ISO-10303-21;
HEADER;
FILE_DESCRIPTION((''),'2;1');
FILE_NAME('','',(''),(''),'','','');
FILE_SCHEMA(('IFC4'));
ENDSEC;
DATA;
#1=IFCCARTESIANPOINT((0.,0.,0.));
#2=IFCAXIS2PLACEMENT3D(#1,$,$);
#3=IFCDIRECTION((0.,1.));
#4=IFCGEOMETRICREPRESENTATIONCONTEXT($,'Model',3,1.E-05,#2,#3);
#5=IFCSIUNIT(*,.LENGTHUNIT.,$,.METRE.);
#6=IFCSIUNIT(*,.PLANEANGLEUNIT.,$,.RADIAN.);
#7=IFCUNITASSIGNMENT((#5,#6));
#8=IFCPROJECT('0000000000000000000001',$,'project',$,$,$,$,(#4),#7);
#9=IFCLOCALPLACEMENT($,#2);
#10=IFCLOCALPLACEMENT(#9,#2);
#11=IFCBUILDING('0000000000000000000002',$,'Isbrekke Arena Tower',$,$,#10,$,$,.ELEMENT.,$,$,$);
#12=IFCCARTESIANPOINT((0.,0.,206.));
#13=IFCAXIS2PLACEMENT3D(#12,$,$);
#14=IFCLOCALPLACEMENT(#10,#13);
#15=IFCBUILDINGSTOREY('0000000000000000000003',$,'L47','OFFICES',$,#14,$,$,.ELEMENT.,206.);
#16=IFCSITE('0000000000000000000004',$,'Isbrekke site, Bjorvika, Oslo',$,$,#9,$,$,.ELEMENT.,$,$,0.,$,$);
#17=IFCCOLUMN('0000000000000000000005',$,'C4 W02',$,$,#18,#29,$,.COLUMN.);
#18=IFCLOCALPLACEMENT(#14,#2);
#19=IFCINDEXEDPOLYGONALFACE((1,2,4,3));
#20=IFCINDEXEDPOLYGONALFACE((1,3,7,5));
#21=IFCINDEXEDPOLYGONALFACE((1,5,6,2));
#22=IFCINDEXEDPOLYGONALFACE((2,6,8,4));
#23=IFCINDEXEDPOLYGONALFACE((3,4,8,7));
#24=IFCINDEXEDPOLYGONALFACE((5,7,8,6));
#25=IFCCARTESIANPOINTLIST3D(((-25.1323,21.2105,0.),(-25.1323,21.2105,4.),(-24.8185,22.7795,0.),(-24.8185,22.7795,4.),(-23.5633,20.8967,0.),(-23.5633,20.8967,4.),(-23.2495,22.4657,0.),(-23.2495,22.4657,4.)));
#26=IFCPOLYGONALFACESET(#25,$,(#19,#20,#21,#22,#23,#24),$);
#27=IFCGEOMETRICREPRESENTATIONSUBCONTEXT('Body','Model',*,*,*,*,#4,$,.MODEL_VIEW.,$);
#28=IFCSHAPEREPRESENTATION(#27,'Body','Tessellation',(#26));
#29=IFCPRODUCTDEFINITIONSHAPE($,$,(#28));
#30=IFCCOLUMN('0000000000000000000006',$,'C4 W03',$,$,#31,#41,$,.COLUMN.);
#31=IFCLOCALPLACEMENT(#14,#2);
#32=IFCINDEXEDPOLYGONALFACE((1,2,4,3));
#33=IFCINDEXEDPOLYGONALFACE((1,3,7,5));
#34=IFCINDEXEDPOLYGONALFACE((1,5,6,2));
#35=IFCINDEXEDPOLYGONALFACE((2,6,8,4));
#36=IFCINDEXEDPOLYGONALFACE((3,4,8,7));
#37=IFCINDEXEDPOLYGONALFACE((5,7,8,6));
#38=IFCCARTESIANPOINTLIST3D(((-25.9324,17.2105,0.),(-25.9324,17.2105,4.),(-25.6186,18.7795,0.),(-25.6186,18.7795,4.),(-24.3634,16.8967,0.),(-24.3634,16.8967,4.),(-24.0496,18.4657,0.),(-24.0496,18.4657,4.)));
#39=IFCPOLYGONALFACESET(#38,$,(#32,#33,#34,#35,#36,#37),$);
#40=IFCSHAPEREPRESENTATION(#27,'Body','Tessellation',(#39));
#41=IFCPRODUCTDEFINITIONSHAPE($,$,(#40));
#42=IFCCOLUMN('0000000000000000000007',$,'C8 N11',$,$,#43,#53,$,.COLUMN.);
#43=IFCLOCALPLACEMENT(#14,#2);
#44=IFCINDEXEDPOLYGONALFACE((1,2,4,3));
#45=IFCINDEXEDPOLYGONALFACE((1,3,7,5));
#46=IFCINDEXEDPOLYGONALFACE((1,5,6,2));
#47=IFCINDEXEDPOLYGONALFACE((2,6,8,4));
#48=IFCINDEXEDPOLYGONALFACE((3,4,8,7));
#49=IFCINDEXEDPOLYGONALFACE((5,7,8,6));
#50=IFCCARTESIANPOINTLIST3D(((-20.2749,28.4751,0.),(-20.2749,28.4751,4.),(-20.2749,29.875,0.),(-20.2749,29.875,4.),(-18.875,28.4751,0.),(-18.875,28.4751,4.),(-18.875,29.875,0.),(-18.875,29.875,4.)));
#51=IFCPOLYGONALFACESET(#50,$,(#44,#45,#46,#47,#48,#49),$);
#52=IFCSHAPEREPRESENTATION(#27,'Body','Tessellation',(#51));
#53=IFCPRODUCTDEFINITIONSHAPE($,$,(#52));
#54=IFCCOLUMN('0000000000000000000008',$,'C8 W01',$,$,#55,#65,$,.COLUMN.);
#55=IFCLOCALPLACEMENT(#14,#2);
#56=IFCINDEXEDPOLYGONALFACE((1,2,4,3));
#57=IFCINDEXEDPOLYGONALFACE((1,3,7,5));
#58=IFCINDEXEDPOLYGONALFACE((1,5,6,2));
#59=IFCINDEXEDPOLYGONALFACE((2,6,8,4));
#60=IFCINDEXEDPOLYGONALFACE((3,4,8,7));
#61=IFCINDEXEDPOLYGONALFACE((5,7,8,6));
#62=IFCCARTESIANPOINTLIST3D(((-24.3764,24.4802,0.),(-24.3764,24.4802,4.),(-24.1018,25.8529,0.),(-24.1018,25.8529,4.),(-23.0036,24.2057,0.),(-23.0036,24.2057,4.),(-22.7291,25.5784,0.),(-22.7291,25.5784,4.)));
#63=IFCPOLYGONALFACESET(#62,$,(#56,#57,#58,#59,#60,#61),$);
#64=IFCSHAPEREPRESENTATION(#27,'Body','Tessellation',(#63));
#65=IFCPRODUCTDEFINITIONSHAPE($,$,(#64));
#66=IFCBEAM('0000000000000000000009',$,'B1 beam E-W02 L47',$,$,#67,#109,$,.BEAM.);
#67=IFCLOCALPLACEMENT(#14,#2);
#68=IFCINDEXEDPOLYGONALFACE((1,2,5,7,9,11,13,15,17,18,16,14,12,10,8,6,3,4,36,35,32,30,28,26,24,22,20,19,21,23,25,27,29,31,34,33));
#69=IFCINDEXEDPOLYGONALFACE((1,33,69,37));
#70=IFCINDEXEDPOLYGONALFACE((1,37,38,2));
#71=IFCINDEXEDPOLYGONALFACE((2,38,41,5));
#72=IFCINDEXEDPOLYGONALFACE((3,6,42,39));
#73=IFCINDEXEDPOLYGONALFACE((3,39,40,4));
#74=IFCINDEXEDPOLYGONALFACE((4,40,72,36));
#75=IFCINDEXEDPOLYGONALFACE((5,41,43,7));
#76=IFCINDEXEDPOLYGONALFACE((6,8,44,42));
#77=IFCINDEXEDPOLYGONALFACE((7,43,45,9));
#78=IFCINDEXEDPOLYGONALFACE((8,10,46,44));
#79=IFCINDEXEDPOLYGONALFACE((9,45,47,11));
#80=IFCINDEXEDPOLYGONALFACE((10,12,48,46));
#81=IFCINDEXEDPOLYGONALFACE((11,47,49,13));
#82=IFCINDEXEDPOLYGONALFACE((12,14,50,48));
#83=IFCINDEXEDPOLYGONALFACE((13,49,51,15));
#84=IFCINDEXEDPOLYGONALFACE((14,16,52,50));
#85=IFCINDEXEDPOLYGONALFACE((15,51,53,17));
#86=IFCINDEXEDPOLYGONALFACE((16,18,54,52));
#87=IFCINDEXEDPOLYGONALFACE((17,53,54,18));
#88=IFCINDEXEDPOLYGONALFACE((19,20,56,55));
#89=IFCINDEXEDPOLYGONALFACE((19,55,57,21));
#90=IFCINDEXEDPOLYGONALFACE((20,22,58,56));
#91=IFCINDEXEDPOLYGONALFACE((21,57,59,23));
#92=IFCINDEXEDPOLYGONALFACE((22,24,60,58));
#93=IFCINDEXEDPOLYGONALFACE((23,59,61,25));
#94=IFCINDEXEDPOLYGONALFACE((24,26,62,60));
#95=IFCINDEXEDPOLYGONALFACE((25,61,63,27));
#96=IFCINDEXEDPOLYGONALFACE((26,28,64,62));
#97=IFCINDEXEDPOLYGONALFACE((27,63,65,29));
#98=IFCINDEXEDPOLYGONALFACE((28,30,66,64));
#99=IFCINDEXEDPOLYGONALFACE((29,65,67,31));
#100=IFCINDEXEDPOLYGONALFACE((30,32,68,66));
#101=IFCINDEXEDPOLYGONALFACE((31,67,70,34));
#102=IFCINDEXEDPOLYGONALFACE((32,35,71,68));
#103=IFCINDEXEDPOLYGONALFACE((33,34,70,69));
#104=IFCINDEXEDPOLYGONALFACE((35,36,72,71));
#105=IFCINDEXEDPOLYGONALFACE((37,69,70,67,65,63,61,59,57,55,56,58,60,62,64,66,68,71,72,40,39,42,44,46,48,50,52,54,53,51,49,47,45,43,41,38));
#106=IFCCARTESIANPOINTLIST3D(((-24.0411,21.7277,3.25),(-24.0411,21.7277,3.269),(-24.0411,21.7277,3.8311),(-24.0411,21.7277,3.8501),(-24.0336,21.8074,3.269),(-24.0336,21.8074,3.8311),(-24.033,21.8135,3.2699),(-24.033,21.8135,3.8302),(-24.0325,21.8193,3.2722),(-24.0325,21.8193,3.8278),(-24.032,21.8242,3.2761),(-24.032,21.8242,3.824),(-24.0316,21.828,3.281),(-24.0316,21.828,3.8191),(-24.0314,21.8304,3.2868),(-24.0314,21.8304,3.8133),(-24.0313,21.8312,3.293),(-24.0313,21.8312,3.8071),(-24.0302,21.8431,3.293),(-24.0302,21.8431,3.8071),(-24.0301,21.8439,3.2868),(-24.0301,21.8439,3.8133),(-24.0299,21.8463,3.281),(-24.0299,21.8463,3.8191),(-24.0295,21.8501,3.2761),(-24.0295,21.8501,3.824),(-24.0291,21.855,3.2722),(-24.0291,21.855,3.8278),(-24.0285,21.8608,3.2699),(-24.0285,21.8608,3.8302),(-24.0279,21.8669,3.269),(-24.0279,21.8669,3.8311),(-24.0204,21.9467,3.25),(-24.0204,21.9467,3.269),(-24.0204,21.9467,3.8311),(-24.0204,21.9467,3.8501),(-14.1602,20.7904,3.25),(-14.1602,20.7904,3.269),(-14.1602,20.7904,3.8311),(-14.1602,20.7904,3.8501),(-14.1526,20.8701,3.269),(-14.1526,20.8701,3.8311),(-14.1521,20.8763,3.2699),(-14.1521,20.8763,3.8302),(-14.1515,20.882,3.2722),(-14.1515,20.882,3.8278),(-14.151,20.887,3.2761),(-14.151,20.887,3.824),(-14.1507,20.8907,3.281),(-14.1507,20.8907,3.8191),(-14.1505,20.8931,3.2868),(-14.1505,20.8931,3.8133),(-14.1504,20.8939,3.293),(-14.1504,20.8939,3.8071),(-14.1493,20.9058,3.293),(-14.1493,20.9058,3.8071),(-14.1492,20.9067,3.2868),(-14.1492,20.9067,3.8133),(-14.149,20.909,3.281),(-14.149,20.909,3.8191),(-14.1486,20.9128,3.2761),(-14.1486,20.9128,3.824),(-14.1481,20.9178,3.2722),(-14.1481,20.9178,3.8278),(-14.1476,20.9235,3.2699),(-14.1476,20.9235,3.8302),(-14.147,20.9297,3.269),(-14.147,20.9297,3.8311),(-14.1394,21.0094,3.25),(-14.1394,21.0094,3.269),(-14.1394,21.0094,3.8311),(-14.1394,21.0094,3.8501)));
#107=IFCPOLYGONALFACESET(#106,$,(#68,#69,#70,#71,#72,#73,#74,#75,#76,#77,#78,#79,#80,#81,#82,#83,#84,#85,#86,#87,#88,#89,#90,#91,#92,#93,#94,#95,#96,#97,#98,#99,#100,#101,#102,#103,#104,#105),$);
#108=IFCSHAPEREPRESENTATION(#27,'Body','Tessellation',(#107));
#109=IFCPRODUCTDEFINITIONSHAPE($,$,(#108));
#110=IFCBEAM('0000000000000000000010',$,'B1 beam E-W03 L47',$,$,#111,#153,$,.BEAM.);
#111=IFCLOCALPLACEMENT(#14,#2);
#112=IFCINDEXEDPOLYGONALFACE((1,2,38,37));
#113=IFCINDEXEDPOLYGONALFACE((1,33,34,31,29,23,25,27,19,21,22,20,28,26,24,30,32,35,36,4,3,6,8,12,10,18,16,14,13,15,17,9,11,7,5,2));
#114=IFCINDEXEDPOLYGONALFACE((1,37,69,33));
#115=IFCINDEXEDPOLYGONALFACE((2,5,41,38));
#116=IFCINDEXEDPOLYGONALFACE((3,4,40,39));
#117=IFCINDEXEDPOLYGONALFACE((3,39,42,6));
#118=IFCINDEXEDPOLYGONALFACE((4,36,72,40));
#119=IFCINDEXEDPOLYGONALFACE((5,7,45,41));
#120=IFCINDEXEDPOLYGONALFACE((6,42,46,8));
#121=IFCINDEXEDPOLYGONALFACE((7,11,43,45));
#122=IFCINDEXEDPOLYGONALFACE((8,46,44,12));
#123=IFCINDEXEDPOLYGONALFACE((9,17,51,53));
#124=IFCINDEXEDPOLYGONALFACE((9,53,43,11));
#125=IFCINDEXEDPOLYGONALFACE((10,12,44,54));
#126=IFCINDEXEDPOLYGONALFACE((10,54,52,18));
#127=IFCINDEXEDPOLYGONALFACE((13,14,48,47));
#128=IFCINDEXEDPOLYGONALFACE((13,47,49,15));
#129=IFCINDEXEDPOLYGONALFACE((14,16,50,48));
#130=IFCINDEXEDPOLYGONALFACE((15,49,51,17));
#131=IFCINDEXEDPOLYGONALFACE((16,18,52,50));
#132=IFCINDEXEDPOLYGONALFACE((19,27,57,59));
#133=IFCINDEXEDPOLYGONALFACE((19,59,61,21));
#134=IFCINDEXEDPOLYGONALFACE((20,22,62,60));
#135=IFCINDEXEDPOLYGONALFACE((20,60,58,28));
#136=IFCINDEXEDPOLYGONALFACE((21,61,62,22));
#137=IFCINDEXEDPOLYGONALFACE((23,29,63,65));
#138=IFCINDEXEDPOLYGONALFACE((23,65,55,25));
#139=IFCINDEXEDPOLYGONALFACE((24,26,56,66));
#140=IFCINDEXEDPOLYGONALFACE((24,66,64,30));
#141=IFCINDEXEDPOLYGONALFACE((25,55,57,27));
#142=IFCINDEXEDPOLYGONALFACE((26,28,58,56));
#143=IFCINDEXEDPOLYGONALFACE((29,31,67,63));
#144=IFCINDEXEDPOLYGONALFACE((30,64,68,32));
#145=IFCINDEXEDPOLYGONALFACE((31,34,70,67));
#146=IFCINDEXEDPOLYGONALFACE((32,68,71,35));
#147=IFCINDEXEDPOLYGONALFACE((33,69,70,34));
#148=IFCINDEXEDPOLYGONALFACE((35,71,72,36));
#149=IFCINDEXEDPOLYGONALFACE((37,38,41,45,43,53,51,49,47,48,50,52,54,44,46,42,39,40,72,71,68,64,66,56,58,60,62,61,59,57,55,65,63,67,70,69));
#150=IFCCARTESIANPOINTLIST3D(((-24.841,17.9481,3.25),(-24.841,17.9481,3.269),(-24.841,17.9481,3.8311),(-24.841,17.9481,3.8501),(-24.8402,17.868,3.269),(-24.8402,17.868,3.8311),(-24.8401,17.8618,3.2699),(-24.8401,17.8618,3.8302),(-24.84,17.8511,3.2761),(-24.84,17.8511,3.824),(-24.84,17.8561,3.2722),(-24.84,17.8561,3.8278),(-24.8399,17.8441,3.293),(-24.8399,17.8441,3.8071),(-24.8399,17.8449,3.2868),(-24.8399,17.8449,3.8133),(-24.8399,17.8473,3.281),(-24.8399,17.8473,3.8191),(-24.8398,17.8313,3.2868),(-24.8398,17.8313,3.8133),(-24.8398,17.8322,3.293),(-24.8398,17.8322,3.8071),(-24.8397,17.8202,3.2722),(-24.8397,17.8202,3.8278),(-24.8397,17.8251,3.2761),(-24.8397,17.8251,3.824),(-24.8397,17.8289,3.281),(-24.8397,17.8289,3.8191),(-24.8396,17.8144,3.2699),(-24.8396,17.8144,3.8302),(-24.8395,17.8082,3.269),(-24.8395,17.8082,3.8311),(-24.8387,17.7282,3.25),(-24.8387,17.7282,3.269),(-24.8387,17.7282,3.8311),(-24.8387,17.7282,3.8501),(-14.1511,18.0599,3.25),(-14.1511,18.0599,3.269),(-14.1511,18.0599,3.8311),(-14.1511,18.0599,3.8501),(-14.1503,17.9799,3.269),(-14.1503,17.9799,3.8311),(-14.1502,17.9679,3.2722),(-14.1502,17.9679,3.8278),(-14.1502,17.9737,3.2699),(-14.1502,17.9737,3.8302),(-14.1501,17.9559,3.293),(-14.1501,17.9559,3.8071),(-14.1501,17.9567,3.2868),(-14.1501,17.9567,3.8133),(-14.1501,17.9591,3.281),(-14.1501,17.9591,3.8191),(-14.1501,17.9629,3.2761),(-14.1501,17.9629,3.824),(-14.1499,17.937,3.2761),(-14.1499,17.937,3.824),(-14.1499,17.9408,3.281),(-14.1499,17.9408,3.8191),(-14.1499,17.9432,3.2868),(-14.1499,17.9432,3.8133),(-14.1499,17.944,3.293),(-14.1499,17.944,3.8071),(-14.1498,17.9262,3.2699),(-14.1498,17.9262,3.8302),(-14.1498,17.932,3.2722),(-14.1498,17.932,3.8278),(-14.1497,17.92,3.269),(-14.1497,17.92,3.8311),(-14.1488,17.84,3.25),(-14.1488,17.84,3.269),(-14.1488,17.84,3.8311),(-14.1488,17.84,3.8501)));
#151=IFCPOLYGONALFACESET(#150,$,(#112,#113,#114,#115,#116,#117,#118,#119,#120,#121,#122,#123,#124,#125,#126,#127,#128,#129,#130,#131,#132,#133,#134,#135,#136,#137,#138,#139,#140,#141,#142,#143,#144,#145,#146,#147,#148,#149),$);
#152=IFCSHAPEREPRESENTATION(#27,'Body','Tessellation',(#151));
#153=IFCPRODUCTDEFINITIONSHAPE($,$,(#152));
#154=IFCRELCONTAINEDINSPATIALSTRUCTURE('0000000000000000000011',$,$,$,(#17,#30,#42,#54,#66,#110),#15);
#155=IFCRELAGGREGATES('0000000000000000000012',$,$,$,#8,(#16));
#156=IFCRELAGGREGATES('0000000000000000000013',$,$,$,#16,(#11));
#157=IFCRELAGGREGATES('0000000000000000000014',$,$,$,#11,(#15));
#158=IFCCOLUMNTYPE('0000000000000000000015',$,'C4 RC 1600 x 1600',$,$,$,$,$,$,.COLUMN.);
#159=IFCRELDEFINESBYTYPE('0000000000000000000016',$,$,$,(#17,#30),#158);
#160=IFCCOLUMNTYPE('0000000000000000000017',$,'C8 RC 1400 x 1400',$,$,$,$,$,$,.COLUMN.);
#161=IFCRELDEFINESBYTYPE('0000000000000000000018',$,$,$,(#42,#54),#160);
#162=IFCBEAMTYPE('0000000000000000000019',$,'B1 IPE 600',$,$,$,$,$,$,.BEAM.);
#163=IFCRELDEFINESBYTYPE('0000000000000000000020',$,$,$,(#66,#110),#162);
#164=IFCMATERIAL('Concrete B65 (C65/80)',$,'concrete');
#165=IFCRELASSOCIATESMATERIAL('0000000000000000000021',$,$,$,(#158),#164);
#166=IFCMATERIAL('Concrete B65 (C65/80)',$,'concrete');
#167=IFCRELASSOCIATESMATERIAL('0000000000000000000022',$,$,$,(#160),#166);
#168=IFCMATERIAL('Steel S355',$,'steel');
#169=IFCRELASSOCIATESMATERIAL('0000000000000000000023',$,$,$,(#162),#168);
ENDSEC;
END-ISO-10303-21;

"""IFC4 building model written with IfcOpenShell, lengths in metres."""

from ifc_helpers import new_model, si_unit, direction, frame, origin, origin_2d, place, context, subcontext, project, spatial, rectangle, i_section, extrude, material, material_profile, profile_set, type_object, element, save


model = new_model("IFC4")

# Units and contexts
model_context = context("Model", 3, precision=1e-05, world=origin(), true_north=direction((0.0, 1.0)))
body_context = subcontext(model_context, "Body", "Model", "MODEL_VIEW")
ifc_project = project(units=[si_unit("LENGTHUNIT", "METRE"), si_unit("PLANEANGLEUNIT", "RADIAN")], contexts=[model_context])

# Site, building, storey
site_placement = place(None, origin())
site = spatial("IfcSite", under=ifc_project, at=site_placement, Name="Isbrekke site, Bjorvika, Oslo", CompositionType="ELEMENT", RefElevation=0.0)
building_placement = place(site_placement, origin())
building = spatial("IfcBuilding", under=site, at=building_placement, Name="Isbrekke Arena Tower", CompositionType="ELEMENT")
storey_placement = place(building_placement, frame((0.0, 0.0, 206.0)))
storey = spatial("IfcBuildingStorey", under=building, at=storey_placement, Name="L47", Description="OFFICES", CompositionType="ELEMENT", Elevation=206.0)

# Columns
ifc_material_1 = material(Name="Concrete B65 (C65/80)", Category="concrete")
ifc_material_profile_1 = material_profile(ifc_material_1, rectangle(XDim=1.6001, YDim=1.6001, at=origin_2d()), Name="RC 1600x1600")
ifc_profile_set_1 = profile_set([ifc_material_profile_1], Name="Concrete B65 (C65/80)")
column_type_1 = type_object("IfcColumnType", Name="C4 RC 1600 x 1600", PredefinedType="COLUMN", material=ifc_profile_set_1)
for number, where, z_axis, x_axis, name in (
    (1, (-24.1909, 21.8381, 0.0), (0.0, 0.0, 1.0), (-0.196116, -0.980581, 0.0), "C4 W02"),
    (2, (-24.991, 17.8381, 0.0), (0.0, 0.0, 1.0), (-0.196116, -0.980581, 0.0), "C4 W03"),
):
    element("IfcColumn", number, at=place(storey_placement, frame(where, z_axis=z_axis, x_axis=x_axis)), inside=storey, type_object=column_type_1, Name=name, PredefinedType="COLUMN", context=body_context, shape_type="SweptSolid", body=[
        extrude(rectangle(XDim=1.6001, YDim=1.6001, at=origin_2d()), origin(), (0.0, 0.0, 1.0), 4.0),
    ])
ifc_material_2 = material(Name="Concrete B65 (C65/80)", Category="concrete")
ifc_material_profile_2 = material_profile(ifc_material_2, rectangle(XDim=1.3999, YDim=1.3999, at=origin_2d()), Name="RC 1400x1400")
ifc_profile_set_2 = profile_set([ifc_material_profile_2], Name="Concrete B65 (C65/80)")
column_type_2 = type_object("IfcColumnType", Name="C8 RC 1400 x 1400", PredefinedType="COLUMN", material=ifc_profile_set_2)
for number, where, z_axis, x_axis, name in (
    (3, (-19.575, 29.175, 0.0), (0.0, 0.0, 1.0), (-1.0, 0.0, 0.0), "C8 N11"),
    (4, (-23.5527, 25.0293, 0.0), (0.0, 0.0, 1.0), (-0.196116, -0.980581, 0.0), "C8 W01"),
):
    element("IfcColumn", number, at=place(storey_placement, frame(where, z_axis=z_axis, x_axis=x_axis)), inside=storey, type_object=column_type_2, Name=name, PredefinedType="COLUMN", context=body_context, shape_type="SweptSolid", body=[
        extrude(rectangle(XDim=1.3999, YDim=1.3999, at=origin_2d()), origin(), (0.0, 0.0, 1.0), 4.0),
    ])

# Beams
ifc_material_3 = material(Name="Steel S355", Category="steel")
ifc_material_profile_3 = material_profile(ifc_material_3, i_section(OverallWidth=0.22, OverallDepth=0.6001, WebThickness=0.012, FlangeThickness=0.019, FilletRadius=0.0239, at=origin_2d()), Name="IPE 600")
ifc_profile_set_3 = profile_set([ifc_material_profile_3], Name="Steel S355")
beam_type_1 = type_object("IfcBeamType", Name="B1 IPE 600", PredefinedType="BEAM", material=ifc_profile_set_3)
beam_1_placement = place(storey_placement, frame((-24.0308, 21.8372, 3.55), z_axis=(0.995531, -0.094432, 0.0), x_axis=(0.094432, 0.995531, 0.0)))
element("IfcBeam", 5, at=beam_1_placement, inside=storey, type_object=beam_type_1, Name="B1 beam E-W02 L47", PredefinedType="BEAM", context=body_context, shape_type="SweptSolid", body=[
    extrude(i_section(OverallWidth=0.22, OverallDepth=0.6001, WebThickness=0.012, FlangeThickness=0.019, FilletRadius=0.0239, at=origin_2d()), origin(), (0.0, 0.0, 1.0), 9.9253),
])
beam_2_placement = place(storey_placement, frame((-24.8398, 17.8381, 3.55), z_axis=(0.999945, 0.010459, 0.0), x_axis=(-0.010459, 0.999945, 0.0)))
element("IfcBeam", 6, at=beam_2_placement, inside=storey, type_object=beam_type_1, Name="B1 beam E-W03 L47", PredefinedType="BEAM", context=body_context, shape_type="SweptSolid", body=[
    extrude(i_section(OverallWidth=0.22, OverallDepth=0.6001, WebThickness=0.012, FlangeThickness=0.019, FilletRadius=0.0239, at=origin_2d()), origin(), (0.0, 0.0, 1.0), 10.6904),
])

save(model, "model.ifc")
